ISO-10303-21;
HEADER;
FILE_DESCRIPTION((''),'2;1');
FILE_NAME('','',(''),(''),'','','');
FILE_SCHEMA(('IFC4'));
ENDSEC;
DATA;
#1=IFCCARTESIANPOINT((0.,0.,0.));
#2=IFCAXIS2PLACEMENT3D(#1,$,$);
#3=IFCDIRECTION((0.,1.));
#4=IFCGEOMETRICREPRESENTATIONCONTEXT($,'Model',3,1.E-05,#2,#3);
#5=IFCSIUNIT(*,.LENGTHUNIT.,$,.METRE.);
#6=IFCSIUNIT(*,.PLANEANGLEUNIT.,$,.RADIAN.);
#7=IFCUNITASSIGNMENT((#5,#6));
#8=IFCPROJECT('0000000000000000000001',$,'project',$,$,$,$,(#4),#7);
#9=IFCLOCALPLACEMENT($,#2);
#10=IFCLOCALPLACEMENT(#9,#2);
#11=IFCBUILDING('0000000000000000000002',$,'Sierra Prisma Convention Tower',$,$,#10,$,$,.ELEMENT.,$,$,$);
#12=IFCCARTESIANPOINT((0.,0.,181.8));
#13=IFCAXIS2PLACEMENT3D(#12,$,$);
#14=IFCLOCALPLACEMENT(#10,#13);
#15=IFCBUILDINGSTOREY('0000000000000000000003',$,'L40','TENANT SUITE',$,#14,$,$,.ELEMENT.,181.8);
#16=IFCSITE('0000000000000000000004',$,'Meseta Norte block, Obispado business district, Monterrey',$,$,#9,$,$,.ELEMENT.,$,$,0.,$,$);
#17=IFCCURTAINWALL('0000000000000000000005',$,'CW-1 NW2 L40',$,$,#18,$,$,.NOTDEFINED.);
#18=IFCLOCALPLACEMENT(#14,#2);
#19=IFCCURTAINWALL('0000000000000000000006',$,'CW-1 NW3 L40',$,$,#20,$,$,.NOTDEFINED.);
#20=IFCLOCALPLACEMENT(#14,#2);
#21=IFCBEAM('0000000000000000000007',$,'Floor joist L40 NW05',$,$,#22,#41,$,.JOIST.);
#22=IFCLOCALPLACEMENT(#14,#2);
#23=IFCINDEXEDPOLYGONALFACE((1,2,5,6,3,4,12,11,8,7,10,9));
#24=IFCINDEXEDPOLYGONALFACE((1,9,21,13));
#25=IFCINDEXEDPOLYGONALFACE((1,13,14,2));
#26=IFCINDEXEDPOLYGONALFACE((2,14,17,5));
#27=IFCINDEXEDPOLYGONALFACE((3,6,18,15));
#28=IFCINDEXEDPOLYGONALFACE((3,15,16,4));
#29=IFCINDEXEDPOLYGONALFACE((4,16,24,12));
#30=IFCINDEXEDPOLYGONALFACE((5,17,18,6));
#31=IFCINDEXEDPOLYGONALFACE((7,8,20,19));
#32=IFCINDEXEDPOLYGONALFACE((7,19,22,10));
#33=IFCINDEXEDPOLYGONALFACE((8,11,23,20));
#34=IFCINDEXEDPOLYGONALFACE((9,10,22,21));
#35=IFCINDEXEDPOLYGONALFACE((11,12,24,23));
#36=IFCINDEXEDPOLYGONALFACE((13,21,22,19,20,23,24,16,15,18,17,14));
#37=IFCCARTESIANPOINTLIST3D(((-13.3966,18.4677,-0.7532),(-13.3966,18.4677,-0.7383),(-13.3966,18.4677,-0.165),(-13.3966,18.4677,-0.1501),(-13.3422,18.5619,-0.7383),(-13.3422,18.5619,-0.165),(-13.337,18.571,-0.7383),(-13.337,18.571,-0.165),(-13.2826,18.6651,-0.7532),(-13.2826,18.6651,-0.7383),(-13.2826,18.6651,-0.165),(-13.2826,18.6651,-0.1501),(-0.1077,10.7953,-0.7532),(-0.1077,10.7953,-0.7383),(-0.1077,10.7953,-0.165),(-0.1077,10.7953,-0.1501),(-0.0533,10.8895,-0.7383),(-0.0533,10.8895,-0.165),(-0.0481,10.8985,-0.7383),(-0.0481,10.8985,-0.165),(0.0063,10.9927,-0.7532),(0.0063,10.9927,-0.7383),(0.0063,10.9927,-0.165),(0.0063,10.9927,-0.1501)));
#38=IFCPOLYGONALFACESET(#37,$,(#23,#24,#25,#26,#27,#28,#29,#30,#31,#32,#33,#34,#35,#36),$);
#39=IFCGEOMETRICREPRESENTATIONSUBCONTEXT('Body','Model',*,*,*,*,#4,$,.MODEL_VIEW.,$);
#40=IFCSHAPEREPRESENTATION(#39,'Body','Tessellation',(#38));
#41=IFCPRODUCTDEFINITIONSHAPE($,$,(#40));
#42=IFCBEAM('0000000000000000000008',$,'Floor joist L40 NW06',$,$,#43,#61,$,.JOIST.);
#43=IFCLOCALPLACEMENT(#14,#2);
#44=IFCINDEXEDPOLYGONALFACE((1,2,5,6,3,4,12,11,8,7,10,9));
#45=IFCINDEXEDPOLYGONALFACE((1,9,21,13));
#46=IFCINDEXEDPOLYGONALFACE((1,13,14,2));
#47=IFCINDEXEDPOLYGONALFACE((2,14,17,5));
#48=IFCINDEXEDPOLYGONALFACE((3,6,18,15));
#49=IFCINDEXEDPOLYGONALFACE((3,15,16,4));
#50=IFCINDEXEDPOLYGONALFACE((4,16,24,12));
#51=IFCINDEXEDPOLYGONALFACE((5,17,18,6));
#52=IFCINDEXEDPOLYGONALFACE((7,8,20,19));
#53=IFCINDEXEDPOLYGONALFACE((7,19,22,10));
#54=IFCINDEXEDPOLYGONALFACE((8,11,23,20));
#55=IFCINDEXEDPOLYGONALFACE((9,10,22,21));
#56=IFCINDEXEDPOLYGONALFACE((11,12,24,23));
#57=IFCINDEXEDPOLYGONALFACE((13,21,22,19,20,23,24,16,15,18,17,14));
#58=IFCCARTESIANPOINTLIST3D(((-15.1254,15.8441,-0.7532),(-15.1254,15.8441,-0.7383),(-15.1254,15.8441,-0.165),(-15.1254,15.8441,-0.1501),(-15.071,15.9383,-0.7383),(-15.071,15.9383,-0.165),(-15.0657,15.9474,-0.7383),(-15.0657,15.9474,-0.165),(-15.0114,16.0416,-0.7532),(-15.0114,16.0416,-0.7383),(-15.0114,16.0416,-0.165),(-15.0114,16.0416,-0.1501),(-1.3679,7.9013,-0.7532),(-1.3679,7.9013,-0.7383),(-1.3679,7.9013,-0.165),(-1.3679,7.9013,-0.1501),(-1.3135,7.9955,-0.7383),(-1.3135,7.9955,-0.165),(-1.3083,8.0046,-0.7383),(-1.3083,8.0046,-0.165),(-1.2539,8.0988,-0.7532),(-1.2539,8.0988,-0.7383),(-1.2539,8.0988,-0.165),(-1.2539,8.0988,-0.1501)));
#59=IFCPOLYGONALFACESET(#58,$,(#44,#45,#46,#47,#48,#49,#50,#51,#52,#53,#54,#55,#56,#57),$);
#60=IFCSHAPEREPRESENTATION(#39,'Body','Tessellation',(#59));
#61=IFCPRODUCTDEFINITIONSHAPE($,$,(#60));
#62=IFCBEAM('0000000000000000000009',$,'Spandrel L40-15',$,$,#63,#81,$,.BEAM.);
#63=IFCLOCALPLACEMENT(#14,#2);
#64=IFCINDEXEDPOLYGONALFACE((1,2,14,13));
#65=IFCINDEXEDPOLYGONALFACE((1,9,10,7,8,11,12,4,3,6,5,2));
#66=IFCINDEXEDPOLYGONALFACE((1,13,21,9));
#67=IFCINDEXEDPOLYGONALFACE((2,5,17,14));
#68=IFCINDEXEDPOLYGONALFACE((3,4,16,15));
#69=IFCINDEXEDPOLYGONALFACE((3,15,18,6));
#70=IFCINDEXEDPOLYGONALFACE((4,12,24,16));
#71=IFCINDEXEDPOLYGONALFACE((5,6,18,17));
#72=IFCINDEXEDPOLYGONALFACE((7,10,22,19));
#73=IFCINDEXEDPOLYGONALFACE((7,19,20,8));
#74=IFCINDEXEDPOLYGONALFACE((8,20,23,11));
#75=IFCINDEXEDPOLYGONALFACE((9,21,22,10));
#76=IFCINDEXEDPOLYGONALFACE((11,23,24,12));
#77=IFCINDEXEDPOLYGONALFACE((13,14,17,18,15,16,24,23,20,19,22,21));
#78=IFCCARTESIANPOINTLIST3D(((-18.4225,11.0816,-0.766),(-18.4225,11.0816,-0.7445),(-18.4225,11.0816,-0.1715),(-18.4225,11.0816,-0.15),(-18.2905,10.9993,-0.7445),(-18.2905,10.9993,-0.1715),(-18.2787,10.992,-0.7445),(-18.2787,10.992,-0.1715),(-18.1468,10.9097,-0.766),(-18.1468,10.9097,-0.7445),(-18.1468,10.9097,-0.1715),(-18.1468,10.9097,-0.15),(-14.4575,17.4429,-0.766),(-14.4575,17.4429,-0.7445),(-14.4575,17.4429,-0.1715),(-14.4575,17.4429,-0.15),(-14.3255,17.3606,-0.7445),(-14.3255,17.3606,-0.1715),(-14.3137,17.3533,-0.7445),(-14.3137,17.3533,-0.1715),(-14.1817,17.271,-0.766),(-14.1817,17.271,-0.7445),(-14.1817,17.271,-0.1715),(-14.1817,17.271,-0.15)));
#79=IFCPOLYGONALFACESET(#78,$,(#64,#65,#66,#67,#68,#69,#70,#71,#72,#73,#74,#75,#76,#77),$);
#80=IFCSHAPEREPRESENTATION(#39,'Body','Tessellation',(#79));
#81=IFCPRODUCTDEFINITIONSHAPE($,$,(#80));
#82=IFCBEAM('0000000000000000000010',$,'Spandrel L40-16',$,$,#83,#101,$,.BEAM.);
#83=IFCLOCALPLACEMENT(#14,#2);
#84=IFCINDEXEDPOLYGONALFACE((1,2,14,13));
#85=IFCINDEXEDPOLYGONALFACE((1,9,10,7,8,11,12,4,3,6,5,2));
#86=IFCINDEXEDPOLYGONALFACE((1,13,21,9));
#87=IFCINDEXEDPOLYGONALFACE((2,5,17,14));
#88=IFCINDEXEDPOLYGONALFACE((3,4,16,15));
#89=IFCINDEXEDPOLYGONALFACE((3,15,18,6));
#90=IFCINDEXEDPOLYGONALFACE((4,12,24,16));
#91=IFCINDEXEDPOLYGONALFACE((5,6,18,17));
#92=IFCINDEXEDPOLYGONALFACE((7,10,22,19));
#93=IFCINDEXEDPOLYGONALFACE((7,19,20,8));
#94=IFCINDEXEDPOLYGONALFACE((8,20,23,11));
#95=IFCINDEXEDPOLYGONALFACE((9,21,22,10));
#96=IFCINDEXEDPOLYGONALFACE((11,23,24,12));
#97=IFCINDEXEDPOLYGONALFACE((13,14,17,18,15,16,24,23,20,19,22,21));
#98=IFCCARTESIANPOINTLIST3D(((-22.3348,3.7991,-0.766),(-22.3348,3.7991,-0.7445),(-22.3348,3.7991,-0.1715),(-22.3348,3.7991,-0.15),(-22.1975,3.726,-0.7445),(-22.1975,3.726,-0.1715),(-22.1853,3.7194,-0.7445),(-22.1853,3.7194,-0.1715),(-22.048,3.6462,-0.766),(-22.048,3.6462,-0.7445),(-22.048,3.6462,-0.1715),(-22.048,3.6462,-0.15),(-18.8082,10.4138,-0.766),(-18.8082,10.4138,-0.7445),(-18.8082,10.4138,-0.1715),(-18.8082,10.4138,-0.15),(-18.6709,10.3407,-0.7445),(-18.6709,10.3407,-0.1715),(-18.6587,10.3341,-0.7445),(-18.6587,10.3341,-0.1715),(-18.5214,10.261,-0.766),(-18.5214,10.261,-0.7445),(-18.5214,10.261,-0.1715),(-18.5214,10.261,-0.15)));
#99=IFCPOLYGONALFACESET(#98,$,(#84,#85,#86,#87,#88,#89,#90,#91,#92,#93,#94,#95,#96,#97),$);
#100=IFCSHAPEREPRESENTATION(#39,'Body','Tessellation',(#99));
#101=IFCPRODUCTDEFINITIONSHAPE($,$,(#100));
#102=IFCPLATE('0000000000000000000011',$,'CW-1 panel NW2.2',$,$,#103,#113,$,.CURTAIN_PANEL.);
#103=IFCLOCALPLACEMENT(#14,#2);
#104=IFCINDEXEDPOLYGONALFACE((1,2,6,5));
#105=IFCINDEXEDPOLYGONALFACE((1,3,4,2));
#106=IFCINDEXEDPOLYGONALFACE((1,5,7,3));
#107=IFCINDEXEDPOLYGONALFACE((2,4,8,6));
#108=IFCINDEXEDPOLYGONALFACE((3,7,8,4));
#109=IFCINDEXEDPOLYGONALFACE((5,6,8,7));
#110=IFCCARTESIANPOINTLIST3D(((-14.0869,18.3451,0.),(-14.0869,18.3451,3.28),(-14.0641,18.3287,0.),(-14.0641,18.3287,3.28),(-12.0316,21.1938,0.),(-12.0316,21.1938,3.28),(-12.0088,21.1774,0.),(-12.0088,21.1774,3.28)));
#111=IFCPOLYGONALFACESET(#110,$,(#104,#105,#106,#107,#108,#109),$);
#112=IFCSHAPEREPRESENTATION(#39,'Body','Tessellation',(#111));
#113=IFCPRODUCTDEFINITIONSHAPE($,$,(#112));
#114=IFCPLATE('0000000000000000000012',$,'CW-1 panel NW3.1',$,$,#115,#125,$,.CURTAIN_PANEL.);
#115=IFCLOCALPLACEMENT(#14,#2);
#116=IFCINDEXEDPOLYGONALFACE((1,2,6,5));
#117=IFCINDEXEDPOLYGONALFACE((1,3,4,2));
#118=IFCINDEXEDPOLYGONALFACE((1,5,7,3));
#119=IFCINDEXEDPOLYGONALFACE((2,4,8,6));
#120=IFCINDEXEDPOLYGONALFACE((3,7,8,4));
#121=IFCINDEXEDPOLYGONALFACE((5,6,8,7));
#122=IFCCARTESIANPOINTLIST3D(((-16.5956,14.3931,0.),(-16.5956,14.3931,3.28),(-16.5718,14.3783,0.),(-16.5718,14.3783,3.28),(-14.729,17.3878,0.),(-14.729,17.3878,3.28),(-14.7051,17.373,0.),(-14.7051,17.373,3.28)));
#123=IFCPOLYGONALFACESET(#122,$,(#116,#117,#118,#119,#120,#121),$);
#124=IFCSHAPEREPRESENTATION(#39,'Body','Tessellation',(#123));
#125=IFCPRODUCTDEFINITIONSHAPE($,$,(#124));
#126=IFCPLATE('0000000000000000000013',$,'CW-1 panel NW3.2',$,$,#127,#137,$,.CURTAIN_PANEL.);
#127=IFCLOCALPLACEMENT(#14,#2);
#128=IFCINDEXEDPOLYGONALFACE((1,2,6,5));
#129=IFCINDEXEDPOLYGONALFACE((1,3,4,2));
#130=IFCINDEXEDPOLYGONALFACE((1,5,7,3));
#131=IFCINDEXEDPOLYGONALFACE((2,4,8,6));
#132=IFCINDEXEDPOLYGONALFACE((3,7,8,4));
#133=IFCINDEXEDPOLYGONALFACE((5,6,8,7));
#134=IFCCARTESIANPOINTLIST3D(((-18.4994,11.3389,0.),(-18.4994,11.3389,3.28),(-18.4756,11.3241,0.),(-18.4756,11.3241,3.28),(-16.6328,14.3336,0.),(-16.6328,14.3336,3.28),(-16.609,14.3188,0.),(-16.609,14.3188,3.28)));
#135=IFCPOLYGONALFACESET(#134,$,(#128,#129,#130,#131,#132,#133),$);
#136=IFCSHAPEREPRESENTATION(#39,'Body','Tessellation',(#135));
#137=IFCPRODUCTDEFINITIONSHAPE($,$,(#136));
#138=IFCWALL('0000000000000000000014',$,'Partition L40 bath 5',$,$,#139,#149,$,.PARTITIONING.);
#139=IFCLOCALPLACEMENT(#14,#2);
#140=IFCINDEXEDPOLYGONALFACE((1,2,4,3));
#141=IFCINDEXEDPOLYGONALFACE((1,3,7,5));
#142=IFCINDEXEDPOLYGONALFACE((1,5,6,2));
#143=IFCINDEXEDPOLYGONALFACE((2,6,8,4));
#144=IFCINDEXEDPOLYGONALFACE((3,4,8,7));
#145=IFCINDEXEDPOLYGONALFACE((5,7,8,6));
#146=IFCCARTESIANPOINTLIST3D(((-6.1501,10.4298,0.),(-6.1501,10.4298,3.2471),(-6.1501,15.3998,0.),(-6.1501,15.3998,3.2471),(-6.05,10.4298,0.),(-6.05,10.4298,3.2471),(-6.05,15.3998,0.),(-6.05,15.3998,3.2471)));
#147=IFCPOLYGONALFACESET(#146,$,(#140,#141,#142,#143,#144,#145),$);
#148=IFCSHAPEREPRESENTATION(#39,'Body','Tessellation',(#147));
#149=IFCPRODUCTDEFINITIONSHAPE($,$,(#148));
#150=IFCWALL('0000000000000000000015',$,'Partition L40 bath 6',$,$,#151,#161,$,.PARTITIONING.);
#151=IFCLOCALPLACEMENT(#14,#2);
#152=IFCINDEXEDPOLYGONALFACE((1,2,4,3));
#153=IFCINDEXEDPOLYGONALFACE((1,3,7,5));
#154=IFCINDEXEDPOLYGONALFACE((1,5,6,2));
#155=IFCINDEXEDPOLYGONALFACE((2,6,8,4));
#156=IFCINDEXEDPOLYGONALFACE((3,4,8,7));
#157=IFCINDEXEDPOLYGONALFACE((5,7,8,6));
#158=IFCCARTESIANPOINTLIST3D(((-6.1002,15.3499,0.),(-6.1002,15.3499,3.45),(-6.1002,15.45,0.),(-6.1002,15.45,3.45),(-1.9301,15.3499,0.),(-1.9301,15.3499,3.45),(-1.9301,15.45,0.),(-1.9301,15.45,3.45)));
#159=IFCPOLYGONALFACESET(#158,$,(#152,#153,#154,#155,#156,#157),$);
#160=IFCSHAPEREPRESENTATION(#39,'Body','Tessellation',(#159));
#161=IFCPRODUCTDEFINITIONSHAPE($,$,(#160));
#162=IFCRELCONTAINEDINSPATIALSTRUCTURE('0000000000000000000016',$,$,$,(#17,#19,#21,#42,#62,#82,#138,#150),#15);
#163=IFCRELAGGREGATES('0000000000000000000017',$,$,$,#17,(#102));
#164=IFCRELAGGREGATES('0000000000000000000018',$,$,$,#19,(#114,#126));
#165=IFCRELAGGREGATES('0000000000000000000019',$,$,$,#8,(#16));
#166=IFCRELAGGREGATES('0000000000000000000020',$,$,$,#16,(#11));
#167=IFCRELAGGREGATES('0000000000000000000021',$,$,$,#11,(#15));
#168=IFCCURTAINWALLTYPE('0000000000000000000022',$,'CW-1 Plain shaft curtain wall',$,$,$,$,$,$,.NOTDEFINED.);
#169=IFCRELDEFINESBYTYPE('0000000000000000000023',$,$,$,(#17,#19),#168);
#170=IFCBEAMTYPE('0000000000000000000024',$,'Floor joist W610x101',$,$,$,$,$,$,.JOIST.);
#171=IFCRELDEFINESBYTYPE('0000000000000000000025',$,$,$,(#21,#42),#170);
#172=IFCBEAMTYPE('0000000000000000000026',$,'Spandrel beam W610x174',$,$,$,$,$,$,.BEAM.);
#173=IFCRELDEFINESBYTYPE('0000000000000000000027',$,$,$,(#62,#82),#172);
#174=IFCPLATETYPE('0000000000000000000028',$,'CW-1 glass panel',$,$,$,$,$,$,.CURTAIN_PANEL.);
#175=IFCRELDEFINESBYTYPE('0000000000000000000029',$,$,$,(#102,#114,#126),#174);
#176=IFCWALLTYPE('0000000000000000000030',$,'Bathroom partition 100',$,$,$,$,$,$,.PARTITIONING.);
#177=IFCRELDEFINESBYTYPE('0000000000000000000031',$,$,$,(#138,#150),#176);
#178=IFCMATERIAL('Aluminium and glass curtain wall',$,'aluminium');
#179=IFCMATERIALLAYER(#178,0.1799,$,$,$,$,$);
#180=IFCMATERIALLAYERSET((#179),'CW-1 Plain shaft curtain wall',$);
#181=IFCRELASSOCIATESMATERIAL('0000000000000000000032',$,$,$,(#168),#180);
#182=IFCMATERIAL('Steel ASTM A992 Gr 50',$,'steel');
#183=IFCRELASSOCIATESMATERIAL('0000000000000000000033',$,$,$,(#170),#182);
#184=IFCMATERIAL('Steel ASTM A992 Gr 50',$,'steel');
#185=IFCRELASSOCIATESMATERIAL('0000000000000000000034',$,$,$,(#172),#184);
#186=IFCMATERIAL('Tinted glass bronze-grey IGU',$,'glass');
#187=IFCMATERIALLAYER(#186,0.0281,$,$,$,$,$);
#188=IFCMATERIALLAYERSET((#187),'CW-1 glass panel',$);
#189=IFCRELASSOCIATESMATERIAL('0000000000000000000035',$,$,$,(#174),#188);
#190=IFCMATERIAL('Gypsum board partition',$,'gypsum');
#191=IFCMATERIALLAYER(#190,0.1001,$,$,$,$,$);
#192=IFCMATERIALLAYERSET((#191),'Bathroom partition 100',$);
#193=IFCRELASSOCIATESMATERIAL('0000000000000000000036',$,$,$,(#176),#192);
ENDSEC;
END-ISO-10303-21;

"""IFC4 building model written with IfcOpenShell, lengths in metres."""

from ifc_helpers import new_model, si_unit, direction, frame, frame_2d, origin, origin_2d, place, context, subcontext, project, spatial, rectangle, i_section, extrude, material, layer, layer_set, material_profile, profile_set, type_object, element, aggregate, save


model = new_model("IFC4")

# Units and contexts
model_context = context("Model", 3, precision=1e-05, world=origin(), true_north=direction((0.0, 1.0)))
body_context = subcontext(model_context, "Body", "Model", "MODEL_VIEW")
ifc_project = project(units=[si_unit("LENGTHUNIT", "METRE"), si_unit("PLANEANGLEUNIT", "RADIAN")], contexts=[model_context])

# Site, building, storey
site_placement = place(None, origin())
site = spatial("IfcSite", under=ifc_project, at=site_placement, Name="Meseta Norte block, Obispado business district, Monterrey", CompositionType="ELEMENT", RefElevation=0.0)
building_placement = place(site_placement, origin())
building = spatial("IfcBuilding", under=site, at=building_placement, Name="Sierra Prisma Convention Tower", CompositionType="ELEMENT")
storey_placement = place(building_placement, frame((0.0, 0.0, 181.8)))
storey = spatial("IfcBuildingStorey", under=building, at=storey_placement, Name="L40", Description="TENANT SUITE", CompositionType="ELEMENT", Elevation=181.8)

# Curtain wall
ifc_material_1 = material(Name="Aluminium and glass curtain wall", Category="aluminium")
ifc_layer_1 = layer(ifc_material_1, 0.1799)
ifc_layer_set_1 = layer_set([ifc_layer_1], Name="CW-1 Plain shaft curtain wall")
curtain_wall_type = type_object("IfcCurtainWallType", Name="CW-1 Plain shaft curtain wall", PredefinedType="NOTDEFINED", material=ifc_layer_set_1)
curtain_wall_1_placement = place(storey_placement, origin())
curtain_wall_1 = element("IfcCurtainWall", 1, at=curtain_wall_1_placement, inside=storey, type_object=curtain_wall_type, Name="CW-1 NW2 L40", PredefinedType="NOTDEFINED")

# Curtain wall
curtain_wall_2_placement = place(storey_placement, origin())
curtain_wall_2 = element("IfcCurtainWall", 2, at=curtain_wall_2_placement, inside=storey, type_object=curtain_wall_type, Name="CW-1 NW3 L40", PredefinedType="NOTDEFINED")

# Beams
ifc_material_2 = material(Name="Steel ASTM A992 Gr 50", Category="steel")
ifc_material_profile_1 = material_profile(ifc_material_2, i_section(OverallWidth=0.228, OverallDepth=0.603, WebThickness=0.0105, FlangeThickness=0.0149, at=origin_2d()), Name="W610x101")
ifc_profile_set_1 = profile_set([ifc_material_profile_1], Name="Steel ASTM A992 Gr 50")
beam_type_1 = type_object("IfcBeamType", Name="Floor joist W610x101", PredefinedType="JOIST", material=ifc_profile_set_1)
beam_1_placement = place(storey_placement, frame((-13.3396, 18.5664, -0.4517), z_axis=(0.866024, -0.500003, 0.0), x_axis=(0.500003, 0.866024, 0.0)))
element("IfcBeam", 3, at=beam_1_placement, inside=storey, type_object=beam_type_1, Name="Floor joist L40 NW05", PredefinedType="JOIST", context=body_context, shape_type="SweptSolid", body=[
    extrude(i_section(OverallWidth=0.228, OverallDepth=0.603, WebThickness=0.0105, FlangeThickness=0.0149, at=origin_2d()), origin(), (0.0, 0.0, 1.0), 15.3447),
])
beam_2_placement = place(storey_placement, frame((-15.0684, 15.9429, -0.4517), z_axis=(0.866027, -0.499997, 0.0), x_axis=(0.499997, 0.866027, 0.0)))
element("IfcBeam", 4, at=beam_2_placement, inside=storey, type_object=beam_type_1, Name="Floor joist L40 NW06", PredefinedType="JOIST", context=body_context, shape_type="SweptSolid", body=[
    extrude(i_section(OverallWidth=0.228, OverallDepth=0.603, WebThickness=0.0105, FlangeThickness=0.0149, at=origin_2d()), origin(), (0.0, 0.0, 1.0), 15.8857),
])
ifc_material_3 = material(Name="Steel ASTM A992 Gr 50", Category="steel")
ifc_material_profile_2 = material_profile(ifc_material_3, i_section(OverallWidth=0.325, OverallDepth=0.616, WebThickness=0.0139, FlangeThickness=0.0215, at=origin_2d()), Name="W610x174")
ifc_profile_set_2 = profile_set([ifc_material_profile_2], Name="Steel ASTM A992 Gr 50")
beam_type_2 = type_object("IfcBeamType", Name="Spandrel beam W610x174", PredefinedType="BEAM", material=ifc_profile_set_2)
beam_3_placement = place(storey_placement, frame((-14.3196, 17.3569, -0.458), z_axis=(-0.528968, -0.848642, 0.0), x_axis=(0.848642, -0.528968, 0.0)))
element("IfcBeam", 5, at=beam_3_placement, inside=storey, type_object=beam_type_2, Name="Spandrel L40-15", PredefinedType="BEAM", context=body_context, shape_type="SweptSolid", body=[
    extrude(i_section(OverallWidth=0.325, OverallDepth=0.616, WebThickness=0.0139, FlangeThickness=0.0215, at=origin_2d()), origin(), (0.0, 0.0, 1.0), 7.4958),
])
beam_4_placement = place(storey_placement, frame((-18.6648, 10.3374, -0.458), z_axis=(-0.470458, -0.882422, 0.0), x_axis=(0.882422, -0.470458, 0.0)))
element("IfcBeam", 6, at=beam_4_placement, inside=storey, type_object=beam_type_2, Name="Spandrel L40-16", PredefinedType="BEAM", context=body_context, shape_type="SweptSolid", body=[
    extrude(i_section(OverallWidth=0.325, OverallDepth=0.616, WebThickness=0.0139, FlangeThickness=0.0215, at=origin_2d()), origin(), (0.0, 0.0, 1.0), 7.4961),
])

# Plates
ifc_material_4 = material(Name="Tinted glass bronze-grey IGU", Category="glass")
ifc_layer_2 = layer(ifc_material_4, 0.0281)
ifc_layer_set_2 = layer_set([ifc_layer_2], Name="CW-1 glass panel")
plate_type = type_object("IfcPlateType", Name="CW-1 glass panel", PredefinedType="CURTAIN_PANEL", material=ifc_layer_set_2)
plate_1_placement = place(storey_placement, frame((-13.0479, 19.7612, 0.0), z_axis=(0.0, 0.0, 1.0), x_axis=(-0.585091, -0.810967, 0.0)))
plate_1 = element("IfcPlate", 7, at=plate_1_placement, type_object=plate_type, Name="CW-1 panel NW2.2", PredefinedType="CURTAIN_PANEL", context=body_context, shape_type="SweptSolid", body=[
    extrude(rectangle(XDim=3.5127, YDim=0.0281, at=origin_2d()), origin(), (0.0, 0.0, 1.0), 3.28),
])
aggregate(curtain_wall_1, [plate_1])
plate_2_placement = place(storey_placement, frame((-15.6504, 15.8831, 0.0), z_axis=(0.0, 0.0, 1.0), x_axis=(-0.528979, -0.848635, 0.0)))
plate_2 = element("IfcPlate", 8, at=plate_2_placement, type_object=plate_type, Name="CW-1 panel NW3.1", PredefinedType="CURTAIN_PANEL", context=body_context, shape_type="SweptSolid", body=[
    extrude(rectangle(XDim=3.5288, YDim=0.0281, at=origin_2d()), origin(), (0.0, 0.0, 1.0), 3.28),
])
plate_3_placement = place(storey_placement, frame((-17.5542, 12.8289, 0.0), z_axis=(0.0, 0.0, 1.0), x_axis=(-0.528979, -0.848635, 0.0)))
plate_3 = element("IfcPlate", 9, at=plate_3_placement, type_object=plate_type, Name="CW-1 panel NW3.2", PredefinedType="CURTAIN_PANEL", context=body_context, shape_type="SweptSolid", body=[
    extrude(rectangle(XDim=3.5288, YDim=0.0281, at=origin_2d()), origin(), (0.0, 0.0, 1.0), 3.28),
])
aggregate(curtain_wall_2, [plate_2, plate_3])

# Walls
ifc_material_5 = material(Name="Gypsum board partition", Category="gypsum")
ifc_layer_3 = layer(ifc_material_5, 0.1001)
ifc_layer_set_3 = layer_set([ifc_layer_3], Name="Bathroom partition 100")
wall_type_1 = type_object("IfcWallType", Name="Bathroom partition 100", PredefinedType="PARTITIONING", material=ifc_layer_set_3)
wall_1_placement = place(storey_placement, frame((-6.1001, 10.4299, 0.0), z_axis=(0.0, 0.0, 1.0), x_axis=(0.0, 1.0, 0.0)))
element("IfcWall", 10, at=wall_1_placement, inside=storey, type_object=wall_type_1, Name="Partition L40 bath 5", PredefinedType="PARTITIONING", context=body_context, shape_type="SweptSolid", body=[
    extrude(rectangle(XDim=4.97, YDim=0.1001, at=frame_2d((2.4849, 0.0))), origin(), (0.0, 0.0, 1.0), 3.2471),
])
wall_2_placement = place(storey_placement, frame((-6.1001, 15.3999, 0.0), z_axis=(0.0, 0.0, 1.0), x_axis=(1.0, 0.0, 0.0)))
element("IfcWall", 11, at=wall_2_placement, inside=storey, type_object=wall_type_1, Name="Partition L40 bath 6", PredefinedType="PARTITIONING", context=body_context, shape_type="SweptSolid", body=[
    extrude(rectangle(XDim=4.1702, YDim=0.1001, at=frame_2d((2.085, 0.0))), origin(), (0.0, 0.0, 1.0), 3.45),
])

save(model, "model.ifc")
